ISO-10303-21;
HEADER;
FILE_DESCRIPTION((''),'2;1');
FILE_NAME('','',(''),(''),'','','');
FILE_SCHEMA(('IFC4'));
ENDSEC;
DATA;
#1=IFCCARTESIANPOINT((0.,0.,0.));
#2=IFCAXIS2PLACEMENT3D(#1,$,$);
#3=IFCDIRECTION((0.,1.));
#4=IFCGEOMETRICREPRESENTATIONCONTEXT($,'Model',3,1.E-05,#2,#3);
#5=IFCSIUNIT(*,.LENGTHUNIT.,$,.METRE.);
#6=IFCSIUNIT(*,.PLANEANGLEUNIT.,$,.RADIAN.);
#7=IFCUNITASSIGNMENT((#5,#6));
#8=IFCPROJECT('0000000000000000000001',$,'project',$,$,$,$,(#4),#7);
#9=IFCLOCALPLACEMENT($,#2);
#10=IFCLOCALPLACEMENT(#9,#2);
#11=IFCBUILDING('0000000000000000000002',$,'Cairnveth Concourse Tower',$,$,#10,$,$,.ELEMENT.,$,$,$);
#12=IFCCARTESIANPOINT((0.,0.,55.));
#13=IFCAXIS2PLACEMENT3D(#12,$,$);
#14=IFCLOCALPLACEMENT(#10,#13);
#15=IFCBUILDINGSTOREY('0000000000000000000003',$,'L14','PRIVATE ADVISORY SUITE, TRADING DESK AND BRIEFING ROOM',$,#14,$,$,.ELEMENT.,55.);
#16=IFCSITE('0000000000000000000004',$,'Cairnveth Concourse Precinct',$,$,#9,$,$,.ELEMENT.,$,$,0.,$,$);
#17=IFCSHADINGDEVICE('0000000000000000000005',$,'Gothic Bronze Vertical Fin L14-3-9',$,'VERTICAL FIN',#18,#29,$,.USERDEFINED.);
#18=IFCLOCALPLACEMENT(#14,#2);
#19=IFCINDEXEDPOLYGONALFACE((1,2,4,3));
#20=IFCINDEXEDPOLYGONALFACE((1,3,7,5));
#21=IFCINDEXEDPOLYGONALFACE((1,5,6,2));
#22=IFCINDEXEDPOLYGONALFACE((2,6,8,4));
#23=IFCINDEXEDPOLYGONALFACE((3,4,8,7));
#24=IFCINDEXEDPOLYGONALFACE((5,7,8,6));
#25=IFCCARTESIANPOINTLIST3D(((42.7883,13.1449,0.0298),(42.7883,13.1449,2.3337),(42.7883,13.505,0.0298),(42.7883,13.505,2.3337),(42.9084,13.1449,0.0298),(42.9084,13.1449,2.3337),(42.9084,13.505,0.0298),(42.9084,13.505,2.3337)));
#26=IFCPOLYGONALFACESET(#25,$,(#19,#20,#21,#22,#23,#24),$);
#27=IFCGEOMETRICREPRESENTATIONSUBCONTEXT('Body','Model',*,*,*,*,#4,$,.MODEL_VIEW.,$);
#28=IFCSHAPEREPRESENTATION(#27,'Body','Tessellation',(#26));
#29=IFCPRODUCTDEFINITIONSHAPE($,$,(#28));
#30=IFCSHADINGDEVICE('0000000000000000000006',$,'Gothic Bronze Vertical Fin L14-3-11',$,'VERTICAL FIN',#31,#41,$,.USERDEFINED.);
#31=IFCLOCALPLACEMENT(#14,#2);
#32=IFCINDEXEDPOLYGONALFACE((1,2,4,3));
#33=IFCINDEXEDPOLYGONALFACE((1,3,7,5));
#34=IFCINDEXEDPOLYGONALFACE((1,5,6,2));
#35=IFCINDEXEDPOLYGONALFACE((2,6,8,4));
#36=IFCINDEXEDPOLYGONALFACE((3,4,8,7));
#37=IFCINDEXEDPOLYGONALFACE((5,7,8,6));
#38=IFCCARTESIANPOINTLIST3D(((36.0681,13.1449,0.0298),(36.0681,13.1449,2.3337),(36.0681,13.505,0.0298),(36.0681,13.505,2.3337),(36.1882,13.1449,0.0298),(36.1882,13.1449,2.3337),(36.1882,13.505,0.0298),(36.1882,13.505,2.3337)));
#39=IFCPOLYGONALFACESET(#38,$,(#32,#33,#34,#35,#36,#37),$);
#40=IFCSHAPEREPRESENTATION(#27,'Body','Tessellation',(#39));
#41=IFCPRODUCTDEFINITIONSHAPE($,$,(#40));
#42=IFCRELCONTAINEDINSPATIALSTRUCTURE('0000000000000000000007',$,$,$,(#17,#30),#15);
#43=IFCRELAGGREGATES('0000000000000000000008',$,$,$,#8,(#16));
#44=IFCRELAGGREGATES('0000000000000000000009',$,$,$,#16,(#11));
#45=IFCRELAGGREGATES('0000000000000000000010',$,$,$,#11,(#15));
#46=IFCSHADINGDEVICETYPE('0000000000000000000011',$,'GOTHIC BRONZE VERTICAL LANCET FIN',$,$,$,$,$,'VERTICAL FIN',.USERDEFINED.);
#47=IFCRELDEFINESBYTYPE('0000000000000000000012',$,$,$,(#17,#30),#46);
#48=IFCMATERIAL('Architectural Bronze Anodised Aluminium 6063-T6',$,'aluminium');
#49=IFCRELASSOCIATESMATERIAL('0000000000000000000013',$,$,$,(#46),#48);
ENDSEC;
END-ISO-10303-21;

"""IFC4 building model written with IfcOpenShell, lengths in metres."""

from ifc_helpers import new_model, si_unit, direction, frame, origin, origin_2d, place, context, subcontext, project, spatial, rectangle, extrude, material, type_object, element, save


model = new_model("IFC4")

# Units and contexts
model_context = context("Model", 3, precision=1e-05, world=origin(), true_north=direction((0.0, 1.0)))
body_context = subcontext(model_context, "Body", "Model", "MODEL_VIEW")
ifc_project = project(units=[si_unit("LENGTHUNIT", "METRE"), si_unit("PLANEANGLEUNIT", "RADIAN")], contexts=[model_context])

# Site, building, storey
site_placement = place(None, origin())
site = spatial("IfcSite", under=ifc_project, at=site_placement, Name="Cairnveth Concourse Precinct", CompositionType="ELEMENT", RefElevation=0.0)
building_placement = place(site_placement, origin())
building = spatial("IfcBuilding", under=site, at=building_placement, Name="Cairnveth Concourse Tower", CompositionType="ELEMENT")
storey_placement = place(building_placement, frame((0.0, 0.0, 55.0)))
storey = spatial("IfcBuildingStorey", under=building, at=storey_placement, Name="L14", Description="PRIVATE ADVISORY SUITE, TRADING DESK AND BRIEFING ROOM", CompositionType="ELEMENT", Elevation=55.0)

# Shading devices
ifc_material_1 = material(Name="Architectural Bronze Anodised Aluminium 6063-T6", Category="aluminium")
shading_device_type = type_object("IfcShadingDeviceType", Name="GOTHIC BRONZE VERTICAL LANCET FIN", ElementType="VERTICAL FIN", PredefinedType="USERDEFINED", material=ifc_material_1)
for number, where, z_axis, x_axis, name in (
    (1, (42.8484, 13.325, 0.0298), (0.0, 0.0, 1.0), (1.0, 0.0, 0.0), "Gothic Bronze Vertical Fin L14-3-9"),
    (2, (36.1282, 13.325, 0.0298), (0.0, 0.0, 1.0), (1.0, 0.0, 0.0), "Gothic Bronze Vertical Fin L14-3-11"),
):
    element("IfcShadingDevice", number, at=place(storey_placement, frame(where, z_axis=z_axis, x_axis=x_axis)), inside=storey, type_object=shading_device_type, Name=name, ObjectType="VERTICAL FIN", PredefinedType="USERDEFINED", context=body_context, shape_type="SweptSolid", body=[
        extrude(rectangle(XDim=0.1201, YDim=0.3601, at=origin_2d()), origin(), (0.0, 0.0, 1.0), 2.304),
    ])

save(model, "model.ifc")
